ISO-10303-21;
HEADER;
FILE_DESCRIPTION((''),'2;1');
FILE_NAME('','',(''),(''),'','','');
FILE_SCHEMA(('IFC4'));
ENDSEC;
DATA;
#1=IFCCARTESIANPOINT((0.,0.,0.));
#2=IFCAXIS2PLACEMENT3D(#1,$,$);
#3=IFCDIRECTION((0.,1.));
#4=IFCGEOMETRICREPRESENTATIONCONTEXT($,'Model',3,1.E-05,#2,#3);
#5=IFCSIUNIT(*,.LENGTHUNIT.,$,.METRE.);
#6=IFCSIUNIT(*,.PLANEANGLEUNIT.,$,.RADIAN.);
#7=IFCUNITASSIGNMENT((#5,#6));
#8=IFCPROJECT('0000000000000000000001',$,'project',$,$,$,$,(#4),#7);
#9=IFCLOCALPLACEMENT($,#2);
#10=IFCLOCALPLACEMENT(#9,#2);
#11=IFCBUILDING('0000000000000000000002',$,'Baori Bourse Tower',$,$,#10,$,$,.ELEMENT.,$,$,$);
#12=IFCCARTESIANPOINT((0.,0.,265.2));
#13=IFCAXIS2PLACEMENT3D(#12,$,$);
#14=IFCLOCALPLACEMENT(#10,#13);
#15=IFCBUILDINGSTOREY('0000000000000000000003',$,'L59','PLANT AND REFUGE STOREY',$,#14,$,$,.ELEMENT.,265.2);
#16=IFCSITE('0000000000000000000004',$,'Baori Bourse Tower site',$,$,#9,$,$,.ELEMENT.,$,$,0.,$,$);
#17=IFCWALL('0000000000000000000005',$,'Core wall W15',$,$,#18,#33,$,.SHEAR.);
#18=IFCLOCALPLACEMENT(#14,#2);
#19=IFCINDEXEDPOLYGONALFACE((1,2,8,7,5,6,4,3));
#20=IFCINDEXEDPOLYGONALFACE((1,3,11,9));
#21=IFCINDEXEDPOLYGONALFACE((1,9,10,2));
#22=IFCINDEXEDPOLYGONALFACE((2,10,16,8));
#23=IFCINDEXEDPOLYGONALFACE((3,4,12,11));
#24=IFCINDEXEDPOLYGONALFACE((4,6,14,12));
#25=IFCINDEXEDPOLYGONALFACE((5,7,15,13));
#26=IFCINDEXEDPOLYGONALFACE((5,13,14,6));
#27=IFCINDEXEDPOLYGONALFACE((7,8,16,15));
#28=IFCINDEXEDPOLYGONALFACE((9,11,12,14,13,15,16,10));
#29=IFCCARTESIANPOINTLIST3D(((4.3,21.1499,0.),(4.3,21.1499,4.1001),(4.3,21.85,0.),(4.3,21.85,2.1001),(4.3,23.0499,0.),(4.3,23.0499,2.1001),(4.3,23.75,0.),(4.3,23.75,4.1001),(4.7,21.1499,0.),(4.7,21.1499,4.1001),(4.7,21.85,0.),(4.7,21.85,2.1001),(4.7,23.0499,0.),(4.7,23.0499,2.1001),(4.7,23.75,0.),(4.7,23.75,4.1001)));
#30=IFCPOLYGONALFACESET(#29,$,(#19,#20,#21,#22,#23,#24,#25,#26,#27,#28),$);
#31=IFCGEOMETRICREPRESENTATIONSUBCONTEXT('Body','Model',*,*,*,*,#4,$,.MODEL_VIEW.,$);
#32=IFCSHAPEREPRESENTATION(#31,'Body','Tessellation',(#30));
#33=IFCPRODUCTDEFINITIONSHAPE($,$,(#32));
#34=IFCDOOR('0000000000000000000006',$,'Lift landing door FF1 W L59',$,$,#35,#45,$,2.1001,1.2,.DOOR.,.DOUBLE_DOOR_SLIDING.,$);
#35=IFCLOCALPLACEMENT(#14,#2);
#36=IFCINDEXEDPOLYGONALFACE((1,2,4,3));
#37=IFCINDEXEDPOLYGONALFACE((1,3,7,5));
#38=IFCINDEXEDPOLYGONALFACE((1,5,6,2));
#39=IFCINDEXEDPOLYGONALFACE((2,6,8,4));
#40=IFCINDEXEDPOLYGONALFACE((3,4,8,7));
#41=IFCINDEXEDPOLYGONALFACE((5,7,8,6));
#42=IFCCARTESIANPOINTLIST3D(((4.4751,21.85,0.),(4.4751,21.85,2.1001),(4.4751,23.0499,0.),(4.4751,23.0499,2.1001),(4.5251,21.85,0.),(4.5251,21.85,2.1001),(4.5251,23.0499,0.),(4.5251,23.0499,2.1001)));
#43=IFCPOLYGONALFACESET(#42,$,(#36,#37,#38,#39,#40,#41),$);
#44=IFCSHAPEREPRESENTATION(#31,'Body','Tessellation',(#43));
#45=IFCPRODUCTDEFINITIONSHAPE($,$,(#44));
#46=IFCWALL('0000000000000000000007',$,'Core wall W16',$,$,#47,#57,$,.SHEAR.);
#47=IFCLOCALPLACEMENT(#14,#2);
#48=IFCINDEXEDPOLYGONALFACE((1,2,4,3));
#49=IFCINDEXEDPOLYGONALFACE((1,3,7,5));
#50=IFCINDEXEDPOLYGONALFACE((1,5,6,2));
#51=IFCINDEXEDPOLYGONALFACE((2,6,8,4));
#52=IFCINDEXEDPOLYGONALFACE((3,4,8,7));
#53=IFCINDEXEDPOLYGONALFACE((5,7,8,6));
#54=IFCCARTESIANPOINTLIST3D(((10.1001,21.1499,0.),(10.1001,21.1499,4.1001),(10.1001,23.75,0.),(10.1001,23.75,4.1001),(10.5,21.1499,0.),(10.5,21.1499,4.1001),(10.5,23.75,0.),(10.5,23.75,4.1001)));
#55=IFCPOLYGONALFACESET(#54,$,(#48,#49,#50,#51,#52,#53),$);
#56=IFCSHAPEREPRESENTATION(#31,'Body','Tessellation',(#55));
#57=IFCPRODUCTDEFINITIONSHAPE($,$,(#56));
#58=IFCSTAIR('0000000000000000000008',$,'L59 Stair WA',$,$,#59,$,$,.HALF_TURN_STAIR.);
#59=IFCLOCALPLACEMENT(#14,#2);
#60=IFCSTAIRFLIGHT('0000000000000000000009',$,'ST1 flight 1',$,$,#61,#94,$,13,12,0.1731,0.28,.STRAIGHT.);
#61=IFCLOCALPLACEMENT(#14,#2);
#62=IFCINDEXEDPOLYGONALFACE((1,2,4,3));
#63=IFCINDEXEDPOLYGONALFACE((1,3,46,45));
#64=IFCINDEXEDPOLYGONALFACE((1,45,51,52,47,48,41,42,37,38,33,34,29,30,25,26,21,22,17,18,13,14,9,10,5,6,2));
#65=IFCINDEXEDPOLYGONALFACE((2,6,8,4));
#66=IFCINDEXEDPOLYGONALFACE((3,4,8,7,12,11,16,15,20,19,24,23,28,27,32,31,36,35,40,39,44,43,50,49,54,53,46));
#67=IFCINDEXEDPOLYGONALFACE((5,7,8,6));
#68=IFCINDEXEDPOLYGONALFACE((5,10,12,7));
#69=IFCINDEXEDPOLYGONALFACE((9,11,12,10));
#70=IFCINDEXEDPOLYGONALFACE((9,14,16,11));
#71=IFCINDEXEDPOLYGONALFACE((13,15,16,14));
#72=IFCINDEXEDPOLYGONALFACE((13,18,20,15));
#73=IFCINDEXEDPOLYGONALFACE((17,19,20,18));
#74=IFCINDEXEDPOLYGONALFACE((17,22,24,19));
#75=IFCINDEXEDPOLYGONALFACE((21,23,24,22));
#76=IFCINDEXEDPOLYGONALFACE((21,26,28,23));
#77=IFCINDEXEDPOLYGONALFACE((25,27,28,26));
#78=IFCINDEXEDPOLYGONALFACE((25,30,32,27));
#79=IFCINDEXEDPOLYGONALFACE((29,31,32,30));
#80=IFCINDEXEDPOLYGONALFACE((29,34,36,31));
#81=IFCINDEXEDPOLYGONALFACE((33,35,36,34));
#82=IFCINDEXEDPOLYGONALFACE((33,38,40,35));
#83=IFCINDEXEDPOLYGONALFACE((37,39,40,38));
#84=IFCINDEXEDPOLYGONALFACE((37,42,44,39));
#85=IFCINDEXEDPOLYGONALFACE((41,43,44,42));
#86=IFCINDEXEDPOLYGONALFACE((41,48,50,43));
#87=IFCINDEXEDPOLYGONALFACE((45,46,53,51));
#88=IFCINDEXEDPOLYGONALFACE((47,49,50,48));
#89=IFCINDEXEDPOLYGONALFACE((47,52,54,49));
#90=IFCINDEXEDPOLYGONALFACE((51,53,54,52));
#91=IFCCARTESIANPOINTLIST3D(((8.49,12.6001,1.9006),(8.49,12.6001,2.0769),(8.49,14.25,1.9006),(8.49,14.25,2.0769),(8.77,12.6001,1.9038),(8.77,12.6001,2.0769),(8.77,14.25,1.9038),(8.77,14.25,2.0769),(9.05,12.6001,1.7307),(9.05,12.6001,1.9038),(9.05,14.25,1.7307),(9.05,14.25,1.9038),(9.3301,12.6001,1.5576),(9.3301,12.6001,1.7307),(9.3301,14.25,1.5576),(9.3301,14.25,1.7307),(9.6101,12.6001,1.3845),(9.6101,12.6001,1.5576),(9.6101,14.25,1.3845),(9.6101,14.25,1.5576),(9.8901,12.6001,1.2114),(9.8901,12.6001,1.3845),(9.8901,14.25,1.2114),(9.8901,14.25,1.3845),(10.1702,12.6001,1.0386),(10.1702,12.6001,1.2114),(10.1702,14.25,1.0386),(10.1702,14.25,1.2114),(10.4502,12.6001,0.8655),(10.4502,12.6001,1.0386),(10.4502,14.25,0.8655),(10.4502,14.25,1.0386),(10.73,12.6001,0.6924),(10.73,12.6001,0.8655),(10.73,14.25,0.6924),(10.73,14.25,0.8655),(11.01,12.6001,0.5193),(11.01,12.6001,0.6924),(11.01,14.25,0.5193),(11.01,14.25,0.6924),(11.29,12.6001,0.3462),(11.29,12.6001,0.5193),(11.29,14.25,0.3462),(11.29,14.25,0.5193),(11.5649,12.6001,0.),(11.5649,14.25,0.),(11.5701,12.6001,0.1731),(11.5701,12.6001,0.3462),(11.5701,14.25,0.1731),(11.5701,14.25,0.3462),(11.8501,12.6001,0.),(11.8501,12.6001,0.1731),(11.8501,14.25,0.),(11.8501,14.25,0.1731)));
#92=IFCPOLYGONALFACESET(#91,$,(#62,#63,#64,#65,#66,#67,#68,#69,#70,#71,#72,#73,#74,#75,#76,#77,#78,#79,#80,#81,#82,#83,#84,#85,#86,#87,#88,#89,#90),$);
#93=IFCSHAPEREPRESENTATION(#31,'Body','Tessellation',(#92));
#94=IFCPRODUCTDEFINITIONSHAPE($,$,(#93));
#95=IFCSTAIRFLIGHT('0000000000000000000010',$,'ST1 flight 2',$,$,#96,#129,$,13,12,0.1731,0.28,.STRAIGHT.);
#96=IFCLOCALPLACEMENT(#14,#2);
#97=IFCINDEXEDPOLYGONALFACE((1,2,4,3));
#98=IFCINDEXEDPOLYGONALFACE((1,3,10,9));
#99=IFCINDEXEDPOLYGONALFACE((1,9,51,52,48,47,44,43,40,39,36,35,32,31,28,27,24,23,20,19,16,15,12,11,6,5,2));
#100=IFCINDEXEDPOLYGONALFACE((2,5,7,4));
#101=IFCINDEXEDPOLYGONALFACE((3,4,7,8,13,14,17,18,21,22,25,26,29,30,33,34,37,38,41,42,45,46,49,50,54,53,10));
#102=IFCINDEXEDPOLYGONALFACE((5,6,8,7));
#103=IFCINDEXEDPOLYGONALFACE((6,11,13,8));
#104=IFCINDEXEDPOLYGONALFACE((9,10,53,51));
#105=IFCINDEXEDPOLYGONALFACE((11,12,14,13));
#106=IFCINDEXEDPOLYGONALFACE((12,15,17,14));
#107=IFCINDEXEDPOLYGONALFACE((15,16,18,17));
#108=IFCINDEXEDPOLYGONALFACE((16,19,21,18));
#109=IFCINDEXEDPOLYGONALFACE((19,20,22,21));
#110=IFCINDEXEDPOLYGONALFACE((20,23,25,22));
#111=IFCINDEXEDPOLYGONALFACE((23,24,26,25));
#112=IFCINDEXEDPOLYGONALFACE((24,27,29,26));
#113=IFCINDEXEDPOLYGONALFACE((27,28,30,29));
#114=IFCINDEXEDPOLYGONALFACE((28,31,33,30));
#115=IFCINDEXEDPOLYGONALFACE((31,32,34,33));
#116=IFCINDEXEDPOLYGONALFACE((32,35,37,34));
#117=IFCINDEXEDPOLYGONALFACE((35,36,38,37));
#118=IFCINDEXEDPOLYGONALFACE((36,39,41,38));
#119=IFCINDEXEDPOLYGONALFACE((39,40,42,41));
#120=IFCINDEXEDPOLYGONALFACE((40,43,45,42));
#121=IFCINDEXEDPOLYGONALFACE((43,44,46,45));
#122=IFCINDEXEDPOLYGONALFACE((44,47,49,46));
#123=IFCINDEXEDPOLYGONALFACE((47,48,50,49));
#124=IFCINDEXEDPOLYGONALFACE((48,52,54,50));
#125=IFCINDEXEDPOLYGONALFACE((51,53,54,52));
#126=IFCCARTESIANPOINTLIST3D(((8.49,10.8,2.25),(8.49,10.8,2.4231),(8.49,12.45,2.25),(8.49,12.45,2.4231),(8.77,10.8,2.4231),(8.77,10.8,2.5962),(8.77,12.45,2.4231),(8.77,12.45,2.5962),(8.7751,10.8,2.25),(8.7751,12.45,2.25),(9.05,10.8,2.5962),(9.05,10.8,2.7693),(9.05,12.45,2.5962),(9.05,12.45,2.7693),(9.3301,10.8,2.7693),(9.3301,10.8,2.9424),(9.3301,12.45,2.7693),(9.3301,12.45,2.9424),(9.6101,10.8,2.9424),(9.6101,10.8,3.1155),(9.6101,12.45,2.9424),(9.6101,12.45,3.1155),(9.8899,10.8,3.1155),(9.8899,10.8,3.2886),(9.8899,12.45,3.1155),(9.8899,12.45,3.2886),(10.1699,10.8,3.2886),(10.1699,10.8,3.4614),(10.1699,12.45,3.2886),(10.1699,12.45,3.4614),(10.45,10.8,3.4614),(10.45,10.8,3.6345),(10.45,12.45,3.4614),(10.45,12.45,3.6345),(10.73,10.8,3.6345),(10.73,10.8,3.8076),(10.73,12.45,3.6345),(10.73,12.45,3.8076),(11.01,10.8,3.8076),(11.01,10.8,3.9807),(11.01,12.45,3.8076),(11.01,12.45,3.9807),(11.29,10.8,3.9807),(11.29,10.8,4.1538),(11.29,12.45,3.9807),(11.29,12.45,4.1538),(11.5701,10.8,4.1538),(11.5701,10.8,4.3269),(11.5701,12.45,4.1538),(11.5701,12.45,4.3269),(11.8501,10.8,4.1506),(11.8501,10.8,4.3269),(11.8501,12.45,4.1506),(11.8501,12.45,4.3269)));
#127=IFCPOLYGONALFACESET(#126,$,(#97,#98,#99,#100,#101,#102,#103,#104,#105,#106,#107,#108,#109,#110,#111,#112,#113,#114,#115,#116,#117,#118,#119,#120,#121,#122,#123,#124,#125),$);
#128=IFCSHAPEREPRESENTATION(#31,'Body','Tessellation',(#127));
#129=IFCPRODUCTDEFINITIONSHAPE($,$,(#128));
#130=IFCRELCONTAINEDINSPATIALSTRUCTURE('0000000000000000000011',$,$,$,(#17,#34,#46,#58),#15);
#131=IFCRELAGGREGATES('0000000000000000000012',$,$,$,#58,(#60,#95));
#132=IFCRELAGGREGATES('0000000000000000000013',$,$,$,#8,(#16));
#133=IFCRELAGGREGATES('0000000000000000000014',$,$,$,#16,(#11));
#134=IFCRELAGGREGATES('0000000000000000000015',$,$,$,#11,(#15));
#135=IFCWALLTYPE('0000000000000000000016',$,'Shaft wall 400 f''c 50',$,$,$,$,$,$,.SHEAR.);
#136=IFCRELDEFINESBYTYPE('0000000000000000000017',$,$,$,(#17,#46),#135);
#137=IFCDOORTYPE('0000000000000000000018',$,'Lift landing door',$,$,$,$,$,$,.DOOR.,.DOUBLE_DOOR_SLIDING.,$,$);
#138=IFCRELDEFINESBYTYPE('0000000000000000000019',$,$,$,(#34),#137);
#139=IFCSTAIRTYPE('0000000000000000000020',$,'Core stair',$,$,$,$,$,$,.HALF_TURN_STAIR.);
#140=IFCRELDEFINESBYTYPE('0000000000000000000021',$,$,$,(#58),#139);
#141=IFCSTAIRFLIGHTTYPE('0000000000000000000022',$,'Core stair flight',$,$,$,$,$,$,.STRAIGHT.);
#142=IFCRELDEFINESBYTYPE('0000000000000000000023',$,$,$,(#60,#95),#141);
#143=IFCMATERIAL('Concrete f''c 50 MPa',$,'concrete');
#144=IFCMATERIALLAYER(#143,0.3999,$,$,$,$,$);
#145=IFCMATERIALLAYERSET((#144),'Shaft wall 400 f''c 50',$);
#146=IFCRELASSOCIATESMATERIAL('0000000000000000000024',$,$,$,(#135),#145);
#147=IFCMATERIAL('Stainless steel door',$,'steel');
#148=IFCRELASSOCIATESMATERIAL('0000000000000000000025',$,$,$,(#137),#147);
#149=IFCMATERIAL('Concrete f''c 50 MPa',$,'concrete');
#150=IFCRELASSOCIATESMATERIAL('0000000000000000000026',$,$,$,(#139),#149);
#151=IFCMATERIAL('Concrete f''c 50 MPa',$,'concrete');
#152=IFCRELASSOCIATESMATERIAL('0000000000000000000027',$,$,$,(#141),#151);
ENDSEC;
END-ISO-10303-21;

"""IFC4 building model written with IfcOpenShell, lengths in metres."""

from ifc_helpers import new_model, si_unit, direction, frame, frame_2d, origin, place, context, subcontext, project, spatial, polyline, rectangle, outline, extrude, material, layer, layer_set, type_object, element, fill, aggregate, save


model = new_model("IFC4")

# Units and contexts
model_context = context("Model", 3, precision=1e-05, world=origin(), true_north=direction((0.0, 1.0)))
body_context = subcontext(model_context, "Body", "Model", "MODEL_VIEW")
ifc_project = project(units=[si_unit("LENGTHUNIT", "METRE"), si_unit("PLANEANGLEUNIT", "RADIAN")], contexts=[model_context])

# Site, building, storey
site_placement = place(None, origin())
site = spatial("IfcSite", under=ifc_project, at=site_placement, Name="Baori Bourse Tower site", CompositionType="ELEMENT", RefElevation=0.0)
building_placement = place(site_placement, origin())
building = spatial("IfcBuilding", under=site, at=building_placement, Name="Baori Bourse Tower", CompositionType="ELEMENT")
storey_placement = place(building_placement, frame((0.0, 0.0, 265.2)))
storey = spatial("IfcBuildingStorey", under=building, at=storey_placement, Name="L59", Description="PLANT AND REFUGE STOREY", CompositionType="ELEMENT", Elevation=265.2)

# Shared definitions
ifc_material_1 = material(Name="Concrete f'c 50 MPa", Category="concrete")
ifc_layer_1 = layer(ifc_material_1, 0.3999)
ifc_layer_set_1 = layer_set([ifc_layer_1], Name="Shaft wall 400 f'c 50")
wall_type_1 = type_object("IfcWallType", Name="Shaft wall 400 f'c 50", PredefinedType="SHEAR", material=ifc_layer_set_1)

# Wall, opening, door
wall_1_placement = place(storey_placement, frame((4.5, 21.1499, 0.0), z_axis=(0.0, 0.0, 1.0), x_axis=(0.0, 1.0, 0.0)))
wall_1 = element("IfcWall", 1, at=wall_1_placement, inside=storey, type_object=wall_type_1, Name="Core wall W15", PredefinedType="SHEAR", context=body_context, shape_type="SweptSolid", body=[
    extrude(rectangle(XDim=2.6001, YDim=0.3999, at=frame_2d((1.3, 0.0))), origin(), (0.0, 0.0, 1.0), 4.1001),
])
opening_1_placement = place(wall_1_placement, frame((0.7, 0.0, 0.0)))
opening_1 = element("IfcOpeningElement", 2, at=opening_1_placement, cuts=wall_1, PredefinedType="OPENING", context=body_context, shape_type="SweptSolid", body=[
    extrude(rectangle(XDim=1.2, YDim=2.1001, at=frame_2d((0.6001, 1.05))), frame((0.0, 0.21, 0.0), z_axis=(0.0, -1.0, 0.0), x_axis=(1.0, 0.0, 0.0)), (0.0, 0.0, 1.0), 0.4199),
])
ifc_material_2 = material(Name="Stainless steel door", Category="steel")
door_type_1 = type_object("IfcDoorType", Name="Lift landing door", OperationType="DOUBLE_DOOR_SLIDING", PredefinedType="DOOR", material=ifc_material_2)
door_1_placement = place(opening_1_placement, origin())
door_1 = element("IfcDoor", 3, at=door_1_placement, inside=storey, type_object=door_type_1, Name="Lift landing door FF1 W L59", OperationType="DOUBLE_DOOR_SLIDING", OverallHeight=2.1001, OverallWidth=1.2, PredefinedType="DOOR", context=body_context, shape_type="SweptSolid", body=[
    extrude(rectangle(XDim=1.2, YDim=2.1001, at=frame_2d((0.6001, 1.05))), frame((0.0, 0.0249, 0.0), z_axis=(0.0, -1.0, 0.0), x_axis=(1.0, 0.0, 0.0)), (0.0, 0.0, 1.0), 0.05),
])
fill(opening_1, door_1)

# Wall
wall_2_placement = place(storey_placement, frame((10.3, 21.1499, 0.0), z_axis=(0.0, 0.0, 1.0), x_axis=(0.0, 1.0, 0.0)))
element("IfcWall", 4, at=wall_2_placement, inside=storey, type_object=wall_type_1, Name="Core wall W16", PredefinedType="SHEAR", context=body_context, shape_type="SweptSolid", body=[
    extrude(rectangle(XDim=2.6001, YDim=0.3999, at=frame_2d((1.3, 0.0))), origin(), (0.0, 0.0, 1.0), 4.1001),
])

# Stair, stair flights
ifc_material_3 = material(Name="Concrete f'c 50 MPa", Category="concrete")
stair_type = type_object("IfcStairType", Name="Core stair", PredefinedType="HALF_TURN_STAIR", material=ifc_material_3)
stair_placement = place(storey_placement, origin())
stair = element("IfcStair", 5, at=stair_placement, inside=storey, type_object=stair_type, Name="L59 Stair WA", PredefinedType="HALF_TURN_STAIR")
ifc_material_4 = material(Name="Concrete f'c 50 MPa", Category="concrete")
stair_flight_type = type_object("IfcStairFlightType", Name="Core stair flight", PredefinedType="STRAIGHT", material=ifc_material_4)
stair_flight_1_placement = place(storey_placement, frame((11.8501, 13.425, 0.0), z_axis=(0.0, 0.0, 1.0), x_axis=(-1.0, 0.0, 0.0)))
stair_flight_1 = element("IfcStairFlight", 6, at=stair_flight_1_placement, type_object=stair_flight_type, Name="ST1 flight 1", NumberOfRisers=13, NumberOfTreads=12, PredefinedType="STRAIGHT", RiserHeight=0.1731, TreadLength=0.28, context=body_context, shape_type="SweptSolid", body=[
    extrude(outline(polyline([(0.0, 0.0), (0.0, 0.1731), (0.28, 0.1731), (0.28, 0.3462), (0.5601, 0.3462), (0.5601, 0.5193), (0.8401, 0.5193), (0.8401, 0.6924), (1.1201, 0.6924), (1.1201, 0.8655), (1.3999, 0.8655), (1.3999, 1.0386), (1.6799, 1.0386), (1.6799, 1.2114), (1.96, 1.2114), (1.96, 1.3845), (2.24, 1.3845), (2.24, 1.5576), (2.52, 1.5576), (2.52, 1.7307), (2.8, 1.7307), (2.8, 1.9038), (3.0801, 1.9038), (3.0801, 2.0769), (3.3601, 2.0769), (3.3601, 2.25), (3.3601, 1.9006), (0.2852, 0.0), (0.0, 0.0)])), frame((0.0, 0.825, 0.0), z_axis=(0.0, -1.0, 0.0), x_axis=(1.0, 0.0, 0.0)), (0.0, 0.0, 1.0), 1.6499),
])
stair_flight_2_placement = place(storey_placement, frame((8.49, 11.625, 2.25), z_axis=(0.0, 0.0, 1.0), x_axis=(1.0, 0.0, 0.0)))
stair_flight_2 = element("IfcStairFlight", 7, at=stair_flight_2_placement, type_object=stair_flight_type, Name="ST1 flight 2", NumberOfRisers=13, NumberOfTreads=12, PredefinedType="STRAIGHT", RiserHeight=0.1731, TreadLength=0.28, context=body_context, shape_type="SweptSolid", body=[
    extrude(outline(polyline([(0.0, 0.0), (0.0, 0.1731), (0.28, 0.1731), (0.28, 0.3462), (0.5601, 0.3462), (0.5601, 0.5193), (0.8401, 0.5193), (0.8401, 0.6924), (1.1201, 0.6924), (1.1201, 0.8655), (1.3999, 0.8655), (1.3999, 1.0386), (1.6799, 1.0386), (1.6799, 1.2114), (1.96, 1.2114), (1.96, 1.3845), (2.24, 1.3845), (2.24, 1.5576), (2.52, 1.5576), (2.52, 1.7307), (2.8, 1.7307), (2.8, 1.9038), (3.0801, 1.9038), (3.0801, 2.0769), (3.3601, 2.0769), (3.3601, 2.25), (3.3601, 1.9006), (0.2852, 0.0), (0.0, 0.0)])), frame((0.0, 0.825, 0.0), z_axis=(0.0, -1.0, 0.0), x_axis=(1.0, 0.0, 0.0)), (0.0, 0.0, 1.0), 1.6499),
])
aggregate(stair, [stair_flight_1, stair_flight_2])

save(model, "model.ifc")
